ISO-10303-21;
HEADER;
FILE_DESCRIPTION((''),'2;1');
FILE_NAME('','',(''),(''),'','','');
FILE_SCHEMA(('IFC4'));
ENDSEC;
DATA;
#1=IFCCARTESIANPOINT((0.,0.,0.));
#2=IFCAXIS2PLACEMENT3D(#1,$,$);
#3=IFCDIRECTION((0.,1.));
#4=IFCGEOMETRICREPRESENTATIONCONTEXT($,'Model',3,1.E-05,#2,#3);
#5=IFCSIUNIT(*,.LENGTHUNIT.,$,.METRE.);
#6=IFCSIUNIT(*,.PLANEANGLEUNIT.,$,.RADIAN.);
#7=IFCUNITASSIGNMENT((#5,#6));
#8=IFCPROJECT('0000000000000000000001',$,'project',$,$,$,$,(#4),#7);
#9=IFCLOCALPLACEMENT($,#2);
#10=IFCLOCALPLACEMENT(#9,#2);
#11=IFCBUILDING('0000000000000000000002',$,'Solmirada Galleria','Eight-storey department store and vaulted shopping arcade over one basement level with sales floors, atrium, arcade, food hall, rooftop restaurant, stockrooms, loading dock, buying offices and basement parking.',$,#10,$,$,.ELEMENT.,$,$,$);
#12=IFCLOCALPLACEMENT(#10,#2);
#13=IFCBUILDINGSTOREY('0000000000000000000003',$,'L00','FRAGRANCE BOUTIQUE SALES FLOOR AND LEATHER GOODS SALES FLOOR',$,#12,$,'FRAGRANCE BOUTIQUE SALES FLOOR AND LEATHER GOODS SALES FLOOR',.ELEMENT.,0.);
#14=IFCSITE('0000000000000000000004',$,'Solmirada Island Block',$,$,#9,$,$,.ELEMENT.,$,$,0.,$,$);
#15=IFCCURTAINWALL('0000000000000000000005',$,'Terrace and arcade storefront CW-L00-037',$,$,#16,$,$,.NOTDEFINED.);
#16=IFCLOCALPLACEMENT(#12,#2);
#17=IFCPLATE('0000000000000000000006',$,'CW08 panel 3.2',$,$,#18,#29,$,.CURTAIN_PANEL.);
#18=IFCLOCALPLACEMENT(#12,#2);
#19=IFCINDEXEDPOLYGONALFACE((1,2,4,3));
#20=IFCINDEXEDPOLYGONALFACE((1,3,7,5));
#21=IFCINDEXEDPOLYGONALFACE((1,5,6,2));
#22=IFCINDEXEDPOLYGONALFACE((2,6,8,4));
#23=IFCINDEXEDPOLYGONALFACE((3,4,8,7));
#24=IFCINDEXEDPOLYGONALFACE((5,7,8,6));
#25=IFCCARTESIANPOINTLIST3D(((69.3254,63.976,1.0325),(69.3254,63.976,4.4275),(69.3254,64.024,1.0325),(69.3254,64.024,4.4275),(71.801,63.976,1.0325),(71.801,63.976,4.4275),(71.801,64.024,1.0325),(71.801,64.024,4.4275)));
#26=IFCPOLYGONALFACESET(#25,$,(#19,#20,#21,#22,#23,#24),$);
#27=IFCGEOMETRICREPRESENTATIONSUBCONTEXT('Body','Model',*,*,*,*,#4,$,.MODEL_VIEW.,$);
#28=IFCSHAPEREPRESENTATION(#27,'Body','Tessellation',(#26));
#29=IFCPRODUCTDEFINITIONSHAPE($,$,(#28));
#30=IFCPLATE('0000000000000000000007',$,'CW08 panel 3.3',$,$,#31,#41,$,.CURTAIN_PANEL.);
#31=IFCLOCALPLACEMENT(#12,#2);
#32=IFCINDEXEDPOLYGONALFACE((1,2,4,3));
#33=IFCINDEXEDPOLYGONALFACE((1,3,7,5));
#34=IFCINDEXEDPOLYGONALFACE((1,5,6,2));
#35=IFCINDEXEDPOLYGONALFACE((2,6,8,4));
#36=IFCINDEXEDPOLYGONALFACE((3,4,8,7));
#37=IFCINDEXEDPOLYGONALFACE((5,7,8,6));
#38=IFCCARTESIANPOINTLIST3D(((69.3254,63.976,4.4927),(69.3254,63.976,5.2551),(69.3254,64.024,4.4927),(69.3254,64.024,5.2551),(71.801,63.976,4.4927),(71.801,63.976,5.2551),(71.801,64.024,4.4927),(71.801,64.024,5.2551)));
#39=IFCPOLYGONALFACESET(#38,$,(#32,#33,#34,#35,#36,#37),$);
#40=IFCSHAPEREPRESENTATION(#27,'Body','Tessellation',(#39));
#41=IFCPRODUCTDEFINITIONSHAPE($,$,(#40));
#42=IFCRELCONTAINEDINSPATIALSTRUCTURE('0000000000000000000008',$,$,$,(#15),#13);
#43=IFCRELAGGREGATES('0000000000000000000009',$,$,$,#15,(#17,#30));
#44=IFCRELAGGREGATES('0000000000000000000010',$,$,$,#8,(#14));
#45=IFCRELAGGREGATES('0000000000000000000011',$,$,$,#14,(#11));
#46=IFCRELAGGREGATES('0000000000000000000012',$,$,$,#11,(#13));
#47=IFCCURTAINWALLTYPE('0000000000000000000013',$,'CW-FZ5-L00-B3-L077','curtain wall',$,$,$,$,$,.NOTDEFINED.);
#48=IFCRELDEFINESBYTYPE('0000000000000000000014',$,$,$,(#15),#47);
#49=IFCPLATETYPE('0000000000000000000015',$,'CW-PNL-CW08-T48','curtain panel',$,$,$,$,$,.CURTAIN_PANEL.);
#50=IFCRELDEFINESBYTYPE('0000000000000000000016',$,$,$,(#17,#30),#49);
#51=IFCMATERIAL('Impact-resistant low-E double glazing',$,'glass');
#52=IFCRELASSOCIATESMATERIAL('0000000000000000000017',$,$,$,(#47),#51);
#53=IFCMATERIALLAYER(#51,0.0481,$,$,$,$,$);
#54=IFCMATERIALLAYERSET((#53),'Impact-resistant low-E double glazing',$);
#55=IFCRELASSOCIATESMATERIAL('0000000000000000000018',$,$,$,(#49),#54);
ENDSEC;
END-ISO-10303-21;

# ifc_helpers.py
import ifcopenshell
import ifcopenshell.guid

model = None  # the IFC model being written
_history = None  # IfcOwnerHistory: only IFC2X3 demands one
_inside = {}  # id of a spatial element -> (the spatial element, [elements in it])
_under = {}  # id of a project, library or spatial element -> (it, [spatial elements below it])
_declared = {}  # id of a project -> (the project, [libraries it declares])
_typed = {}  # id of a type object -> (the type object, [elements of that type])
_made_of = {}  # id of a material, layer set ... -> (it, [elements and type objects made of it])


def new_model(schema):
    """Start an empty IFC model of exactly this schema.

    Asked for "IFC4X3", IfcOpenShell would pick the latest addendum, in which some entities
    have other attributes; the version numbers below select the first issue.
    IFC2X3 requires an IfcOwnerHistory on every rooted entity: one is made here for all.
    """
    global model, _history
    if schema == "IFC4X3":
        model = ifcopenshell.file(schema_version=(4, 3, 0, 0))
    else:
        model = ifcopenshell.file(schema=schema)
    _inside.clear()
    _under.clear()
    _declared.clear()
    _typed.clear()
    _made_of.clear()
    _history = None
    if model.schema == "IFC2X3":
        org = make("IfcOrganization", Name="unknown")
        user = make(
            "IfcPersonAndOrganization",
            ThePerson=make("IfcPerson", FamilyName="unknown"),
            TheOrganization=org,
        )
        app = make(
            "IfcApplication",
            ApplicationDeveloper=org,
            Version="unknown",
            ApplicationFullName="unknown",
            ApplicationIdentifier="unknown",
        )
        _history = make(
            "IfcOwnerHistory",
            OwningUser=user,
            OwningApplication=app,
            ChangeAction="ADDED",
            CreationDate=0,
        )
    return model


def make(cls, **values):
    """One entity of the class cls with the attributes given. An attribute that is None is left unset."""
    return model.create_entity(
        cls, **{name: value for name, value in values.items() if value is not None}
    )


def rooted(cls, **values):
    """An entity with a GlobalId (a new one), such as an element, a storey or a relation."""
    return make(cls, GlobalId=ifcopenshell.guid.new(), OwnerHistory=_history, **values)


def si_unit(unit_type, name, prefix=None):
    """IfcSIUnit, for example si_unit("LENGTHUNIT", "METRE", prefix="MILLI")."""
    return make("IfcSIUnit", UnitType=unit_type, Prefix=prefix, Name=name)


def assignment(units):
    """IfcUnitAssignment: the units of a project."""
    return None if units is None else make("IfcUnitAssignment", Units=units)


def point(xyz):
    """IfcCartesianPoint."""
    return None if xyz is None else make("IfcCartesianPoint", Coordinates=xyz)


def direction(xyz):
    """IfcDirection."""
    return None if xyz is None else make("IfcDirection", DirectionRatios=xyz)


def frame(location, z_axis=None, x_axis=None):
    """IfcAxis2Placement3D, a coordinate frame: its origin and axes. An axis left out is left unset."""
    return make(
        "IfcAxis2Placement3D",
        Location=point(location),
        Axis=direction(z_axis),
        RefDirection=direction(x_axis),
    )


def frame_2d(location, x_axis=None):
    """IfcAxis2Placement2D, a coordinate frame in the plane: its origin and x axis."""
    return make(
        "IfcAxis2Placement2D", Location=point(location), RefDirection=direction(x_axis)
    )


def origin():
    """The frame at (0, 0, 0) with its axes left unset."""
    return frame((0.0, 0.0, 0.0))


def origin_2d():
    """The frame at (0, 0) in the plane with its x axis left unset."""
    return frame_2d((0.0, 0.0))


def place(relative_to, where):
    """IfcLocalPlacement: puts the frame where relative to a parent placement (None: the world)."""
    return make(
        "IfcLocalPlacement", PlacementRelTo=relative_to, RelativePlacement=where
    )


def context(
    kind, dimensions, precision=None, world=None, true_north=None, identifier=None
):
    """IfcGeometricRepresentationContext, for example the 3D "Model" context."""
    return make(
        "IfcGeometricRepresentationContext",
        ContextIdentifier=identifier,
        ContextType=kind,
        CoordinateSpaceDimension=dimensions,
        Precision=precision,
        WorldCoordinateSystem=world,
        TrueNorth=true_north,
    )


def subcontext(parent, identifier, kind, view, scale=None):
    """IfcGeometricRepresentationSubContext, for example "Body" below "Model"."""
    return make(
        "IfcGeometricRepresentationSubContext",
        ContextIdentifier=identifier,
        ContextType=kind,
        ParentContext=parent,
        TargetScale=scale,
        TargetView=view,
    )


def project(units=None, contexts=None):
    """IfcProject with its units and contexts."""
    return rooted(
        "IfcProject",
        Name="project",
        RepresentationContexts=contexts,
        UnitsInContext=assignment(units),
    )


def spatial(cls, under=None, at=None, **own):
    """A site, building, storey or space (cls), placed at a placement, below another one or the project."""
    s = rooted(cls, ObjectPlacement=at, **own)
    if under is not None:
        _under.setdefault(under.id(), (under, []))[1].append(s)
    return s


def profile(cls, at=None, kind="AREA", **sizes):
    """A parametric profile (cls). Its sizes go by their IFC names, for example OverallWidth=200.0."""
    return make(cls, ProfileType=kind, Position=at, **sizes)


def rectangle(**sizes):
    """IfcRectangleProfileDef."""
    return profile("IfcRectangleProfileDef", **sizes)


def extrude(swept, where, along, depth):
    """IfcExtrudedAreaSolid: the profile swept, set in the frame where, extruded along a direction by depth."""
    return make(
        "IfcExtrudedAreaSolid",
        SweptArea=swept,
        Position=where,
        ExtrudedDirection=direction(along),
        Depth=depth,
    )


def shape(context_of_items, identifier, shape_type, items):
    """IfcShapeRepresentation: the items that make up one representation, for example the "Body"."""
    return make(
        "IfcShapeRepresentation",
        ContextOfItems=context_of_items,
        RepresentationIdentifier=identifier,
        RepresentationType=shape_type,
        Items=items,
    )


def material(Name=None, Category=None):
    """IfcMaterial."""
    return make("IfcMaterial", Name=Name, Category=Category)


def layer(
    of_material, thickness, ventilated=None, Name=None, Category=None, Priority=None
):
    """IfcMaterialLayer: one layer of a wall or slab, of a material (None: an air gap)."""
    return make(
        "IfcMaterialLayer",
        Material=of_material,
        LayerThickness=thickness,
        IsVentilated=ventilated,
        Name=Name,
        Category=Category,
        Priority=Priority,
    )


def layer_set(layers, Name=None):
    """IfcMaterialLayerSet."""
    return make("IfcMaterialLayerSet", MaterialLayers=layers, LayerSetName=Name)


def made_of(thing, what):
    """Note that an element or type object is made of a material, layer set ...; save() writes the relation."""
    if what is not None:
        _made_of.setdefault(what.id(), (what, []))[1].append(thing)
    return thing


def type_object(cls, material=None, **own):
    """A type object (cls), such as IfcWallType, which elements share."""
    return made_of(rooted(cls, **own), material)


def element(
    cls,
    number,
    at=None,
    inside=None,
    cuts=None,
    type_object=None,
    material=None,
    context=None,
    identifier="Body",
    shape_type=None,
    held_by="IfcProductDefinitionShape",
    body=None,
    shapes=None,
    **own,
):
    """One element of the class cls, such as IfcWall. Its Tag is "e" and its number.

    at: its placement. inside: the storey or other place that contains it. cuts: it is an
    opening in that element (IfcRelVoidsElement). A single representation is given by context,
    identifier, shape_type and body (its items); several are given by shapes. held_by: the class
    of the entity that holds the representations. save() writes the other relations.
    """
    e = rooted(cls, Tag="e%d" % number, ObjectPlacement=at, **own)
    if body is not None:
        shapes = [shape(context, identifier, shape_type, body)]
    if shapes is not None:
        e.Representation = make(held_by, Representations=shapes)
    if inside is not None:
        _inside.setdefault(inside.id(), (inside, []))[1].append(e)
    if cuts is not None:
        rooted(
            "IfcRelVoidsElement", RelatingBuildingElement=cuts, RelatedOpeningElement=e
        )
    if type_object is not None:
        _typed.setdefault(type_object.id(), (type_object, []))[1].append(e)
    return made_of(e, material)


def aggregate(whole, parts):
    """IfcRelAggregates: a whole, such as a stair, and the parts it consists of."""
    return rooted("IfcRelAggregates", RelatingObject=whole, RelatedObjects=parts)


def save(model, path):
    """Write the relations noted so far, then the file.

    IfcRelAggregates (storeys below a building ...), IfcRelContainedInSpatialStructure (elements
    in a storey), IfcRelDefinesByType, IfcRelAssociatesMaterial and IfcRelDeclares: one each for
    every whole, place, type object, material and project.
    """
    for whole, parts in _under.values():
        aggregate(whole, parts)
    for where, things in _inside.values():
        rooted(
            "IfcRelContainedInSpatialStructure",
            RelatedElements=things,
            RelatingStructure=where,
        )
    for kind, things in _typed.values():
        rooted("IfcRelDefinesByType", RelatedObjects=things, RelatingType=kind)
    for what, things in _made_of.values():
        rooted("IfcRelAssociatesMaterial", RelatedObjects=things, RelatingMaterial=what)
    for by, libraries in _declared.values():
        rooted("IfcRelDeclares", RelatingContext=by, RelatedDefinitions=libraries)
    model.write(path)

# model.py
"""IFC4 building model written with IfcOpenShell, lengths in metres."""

from ifc_helpers import new_model, si_unit, direction, frame, origin, origin_2d, place, context, subcontext, project, spatial, rectangle, extrude, material, layer, layer_set, type_object, element, aggregate, save


model = new_model("IFC4")

# Units and contexts
model_context = context("Model", 3, precision=1e-05, world=origin(), true_north=direction((0.0, 1.0)))
body_context = subcontext(model_context, "Body", "Model", "MODEL_VIEW")
ifc_project = project(units=[si_unit("LENGTHUNIT", "METRE"), si_unit("PLANEANGLEUNIT", "RADIAN")], contexts=[model_context])

# Site, building, storey
site_placement = place(None, origin())
site = spatial("IfcSite", under=ifc_project, at=site_placement, Name="Solmirada Island Block", CompositionType="ELEMENT", RefElevation=0.0)
building_placement = place(site_placement, origin())
building = spatial("IfcBuilding", under=site, at=building_placement, Name="Solmirada Galleria", Description="Eight-storey department store and vaulted shopping arcade over one basement level with sales floors, atrium, arcade, food hall, rooftop restaurant, stockrooms, loading dock, buying offices and basement parking.", CompositionType="ELEMENT")
storey_placement = place(building_placement, origin())
storey = spatial("IfcBuildingStorey", under=building, at=storey_placement, Name="L00", Description="FRAGRANCE BOUTIQUE SALES FLOOR AND LEATHER GOODS SALES FLOOR", LongName="FRAGRANCE BOUTIQUE SALES FLOOR AND LEATHER GOODS SALES FLOOR", CompositionType="ELEMENT", Elevation=0.0)

# Curtain wall
ifc_material_1 = material(Name="Impact-resistant low-E double glazing", Category="glass")
curtain_wall_type = type_object("IfcCurtainWallType", Name="CW-FZ5-L00-B3-L077", Description="curtain wall", PredefinedType="NOTDEFINED", material=ifc_material_1)
curtain_wall_1_placement = place(storey_placement, origin())
curtain_wall_1 = element("IfcCurtainWall", 1, at=curtain_wall_1_placement, inside=storey, type_object=curtain_wall_type, Name="Terrace and arcade storefront CW-L00-037", PredefinedType="NOTDEFINED")

# Plates
ifc_layer = layer(ifc_material_1, 0.0481)
ifc_layer_set = layer_set([ifc_layer], Name="Impact-resistant low-E double glazing")
plate_type = type_object("IfcPlateType", Name="CW-PNL-CW08-T48", Description="curtain panel", PredefinedType="CURTAIN_PANEL", material=ifc_layer_set)
plate_1_placement = place(storey_placement, frame((70.5632, 64.0, 1.0325), z_axis=(0.0, 0.0, 1.0), x_axis=(1.0, 0.0, 0.0)))
plate_1 = element("IfcPlate", 2, at=plate_1_placement, type_object=plate_type, Name="CW08 panel 3.2", PredefinedType="CURTAIN_PANEL", context=body_context, shape_type="SweptSolid", body=[
    extrude(rectangle(XDim=2.4756, YDim=0.0481, at=origin_2d()), origin(), (0.0, 0.0, 1.0), 3.395),
])
plate_2_placement = place(storey_placement, frame((70.5632, 64.0, 4.4927), z_axis=(0.0, 0.0, 1.0), x_axis=(1.0, 0.0, 0.0)))
plate_2 = element("IfcPlate", 3, at=plate_2_placement, type_object=plate_type, Name="CW08 panel 3.3", PredefinedType="CURTAIN_PANEL", context=body_context, shape_type="SweptSolid", body=[
    extrude(rectangle(XDim=2.4756, YDim=0.0481, at=origin_2d()), origin(), (0.0, 0.0, 1.0), 0.7625),
])
aggregate(curtain_wall_1, [plate_1, plate_2])

save(model, "model.ifc")
